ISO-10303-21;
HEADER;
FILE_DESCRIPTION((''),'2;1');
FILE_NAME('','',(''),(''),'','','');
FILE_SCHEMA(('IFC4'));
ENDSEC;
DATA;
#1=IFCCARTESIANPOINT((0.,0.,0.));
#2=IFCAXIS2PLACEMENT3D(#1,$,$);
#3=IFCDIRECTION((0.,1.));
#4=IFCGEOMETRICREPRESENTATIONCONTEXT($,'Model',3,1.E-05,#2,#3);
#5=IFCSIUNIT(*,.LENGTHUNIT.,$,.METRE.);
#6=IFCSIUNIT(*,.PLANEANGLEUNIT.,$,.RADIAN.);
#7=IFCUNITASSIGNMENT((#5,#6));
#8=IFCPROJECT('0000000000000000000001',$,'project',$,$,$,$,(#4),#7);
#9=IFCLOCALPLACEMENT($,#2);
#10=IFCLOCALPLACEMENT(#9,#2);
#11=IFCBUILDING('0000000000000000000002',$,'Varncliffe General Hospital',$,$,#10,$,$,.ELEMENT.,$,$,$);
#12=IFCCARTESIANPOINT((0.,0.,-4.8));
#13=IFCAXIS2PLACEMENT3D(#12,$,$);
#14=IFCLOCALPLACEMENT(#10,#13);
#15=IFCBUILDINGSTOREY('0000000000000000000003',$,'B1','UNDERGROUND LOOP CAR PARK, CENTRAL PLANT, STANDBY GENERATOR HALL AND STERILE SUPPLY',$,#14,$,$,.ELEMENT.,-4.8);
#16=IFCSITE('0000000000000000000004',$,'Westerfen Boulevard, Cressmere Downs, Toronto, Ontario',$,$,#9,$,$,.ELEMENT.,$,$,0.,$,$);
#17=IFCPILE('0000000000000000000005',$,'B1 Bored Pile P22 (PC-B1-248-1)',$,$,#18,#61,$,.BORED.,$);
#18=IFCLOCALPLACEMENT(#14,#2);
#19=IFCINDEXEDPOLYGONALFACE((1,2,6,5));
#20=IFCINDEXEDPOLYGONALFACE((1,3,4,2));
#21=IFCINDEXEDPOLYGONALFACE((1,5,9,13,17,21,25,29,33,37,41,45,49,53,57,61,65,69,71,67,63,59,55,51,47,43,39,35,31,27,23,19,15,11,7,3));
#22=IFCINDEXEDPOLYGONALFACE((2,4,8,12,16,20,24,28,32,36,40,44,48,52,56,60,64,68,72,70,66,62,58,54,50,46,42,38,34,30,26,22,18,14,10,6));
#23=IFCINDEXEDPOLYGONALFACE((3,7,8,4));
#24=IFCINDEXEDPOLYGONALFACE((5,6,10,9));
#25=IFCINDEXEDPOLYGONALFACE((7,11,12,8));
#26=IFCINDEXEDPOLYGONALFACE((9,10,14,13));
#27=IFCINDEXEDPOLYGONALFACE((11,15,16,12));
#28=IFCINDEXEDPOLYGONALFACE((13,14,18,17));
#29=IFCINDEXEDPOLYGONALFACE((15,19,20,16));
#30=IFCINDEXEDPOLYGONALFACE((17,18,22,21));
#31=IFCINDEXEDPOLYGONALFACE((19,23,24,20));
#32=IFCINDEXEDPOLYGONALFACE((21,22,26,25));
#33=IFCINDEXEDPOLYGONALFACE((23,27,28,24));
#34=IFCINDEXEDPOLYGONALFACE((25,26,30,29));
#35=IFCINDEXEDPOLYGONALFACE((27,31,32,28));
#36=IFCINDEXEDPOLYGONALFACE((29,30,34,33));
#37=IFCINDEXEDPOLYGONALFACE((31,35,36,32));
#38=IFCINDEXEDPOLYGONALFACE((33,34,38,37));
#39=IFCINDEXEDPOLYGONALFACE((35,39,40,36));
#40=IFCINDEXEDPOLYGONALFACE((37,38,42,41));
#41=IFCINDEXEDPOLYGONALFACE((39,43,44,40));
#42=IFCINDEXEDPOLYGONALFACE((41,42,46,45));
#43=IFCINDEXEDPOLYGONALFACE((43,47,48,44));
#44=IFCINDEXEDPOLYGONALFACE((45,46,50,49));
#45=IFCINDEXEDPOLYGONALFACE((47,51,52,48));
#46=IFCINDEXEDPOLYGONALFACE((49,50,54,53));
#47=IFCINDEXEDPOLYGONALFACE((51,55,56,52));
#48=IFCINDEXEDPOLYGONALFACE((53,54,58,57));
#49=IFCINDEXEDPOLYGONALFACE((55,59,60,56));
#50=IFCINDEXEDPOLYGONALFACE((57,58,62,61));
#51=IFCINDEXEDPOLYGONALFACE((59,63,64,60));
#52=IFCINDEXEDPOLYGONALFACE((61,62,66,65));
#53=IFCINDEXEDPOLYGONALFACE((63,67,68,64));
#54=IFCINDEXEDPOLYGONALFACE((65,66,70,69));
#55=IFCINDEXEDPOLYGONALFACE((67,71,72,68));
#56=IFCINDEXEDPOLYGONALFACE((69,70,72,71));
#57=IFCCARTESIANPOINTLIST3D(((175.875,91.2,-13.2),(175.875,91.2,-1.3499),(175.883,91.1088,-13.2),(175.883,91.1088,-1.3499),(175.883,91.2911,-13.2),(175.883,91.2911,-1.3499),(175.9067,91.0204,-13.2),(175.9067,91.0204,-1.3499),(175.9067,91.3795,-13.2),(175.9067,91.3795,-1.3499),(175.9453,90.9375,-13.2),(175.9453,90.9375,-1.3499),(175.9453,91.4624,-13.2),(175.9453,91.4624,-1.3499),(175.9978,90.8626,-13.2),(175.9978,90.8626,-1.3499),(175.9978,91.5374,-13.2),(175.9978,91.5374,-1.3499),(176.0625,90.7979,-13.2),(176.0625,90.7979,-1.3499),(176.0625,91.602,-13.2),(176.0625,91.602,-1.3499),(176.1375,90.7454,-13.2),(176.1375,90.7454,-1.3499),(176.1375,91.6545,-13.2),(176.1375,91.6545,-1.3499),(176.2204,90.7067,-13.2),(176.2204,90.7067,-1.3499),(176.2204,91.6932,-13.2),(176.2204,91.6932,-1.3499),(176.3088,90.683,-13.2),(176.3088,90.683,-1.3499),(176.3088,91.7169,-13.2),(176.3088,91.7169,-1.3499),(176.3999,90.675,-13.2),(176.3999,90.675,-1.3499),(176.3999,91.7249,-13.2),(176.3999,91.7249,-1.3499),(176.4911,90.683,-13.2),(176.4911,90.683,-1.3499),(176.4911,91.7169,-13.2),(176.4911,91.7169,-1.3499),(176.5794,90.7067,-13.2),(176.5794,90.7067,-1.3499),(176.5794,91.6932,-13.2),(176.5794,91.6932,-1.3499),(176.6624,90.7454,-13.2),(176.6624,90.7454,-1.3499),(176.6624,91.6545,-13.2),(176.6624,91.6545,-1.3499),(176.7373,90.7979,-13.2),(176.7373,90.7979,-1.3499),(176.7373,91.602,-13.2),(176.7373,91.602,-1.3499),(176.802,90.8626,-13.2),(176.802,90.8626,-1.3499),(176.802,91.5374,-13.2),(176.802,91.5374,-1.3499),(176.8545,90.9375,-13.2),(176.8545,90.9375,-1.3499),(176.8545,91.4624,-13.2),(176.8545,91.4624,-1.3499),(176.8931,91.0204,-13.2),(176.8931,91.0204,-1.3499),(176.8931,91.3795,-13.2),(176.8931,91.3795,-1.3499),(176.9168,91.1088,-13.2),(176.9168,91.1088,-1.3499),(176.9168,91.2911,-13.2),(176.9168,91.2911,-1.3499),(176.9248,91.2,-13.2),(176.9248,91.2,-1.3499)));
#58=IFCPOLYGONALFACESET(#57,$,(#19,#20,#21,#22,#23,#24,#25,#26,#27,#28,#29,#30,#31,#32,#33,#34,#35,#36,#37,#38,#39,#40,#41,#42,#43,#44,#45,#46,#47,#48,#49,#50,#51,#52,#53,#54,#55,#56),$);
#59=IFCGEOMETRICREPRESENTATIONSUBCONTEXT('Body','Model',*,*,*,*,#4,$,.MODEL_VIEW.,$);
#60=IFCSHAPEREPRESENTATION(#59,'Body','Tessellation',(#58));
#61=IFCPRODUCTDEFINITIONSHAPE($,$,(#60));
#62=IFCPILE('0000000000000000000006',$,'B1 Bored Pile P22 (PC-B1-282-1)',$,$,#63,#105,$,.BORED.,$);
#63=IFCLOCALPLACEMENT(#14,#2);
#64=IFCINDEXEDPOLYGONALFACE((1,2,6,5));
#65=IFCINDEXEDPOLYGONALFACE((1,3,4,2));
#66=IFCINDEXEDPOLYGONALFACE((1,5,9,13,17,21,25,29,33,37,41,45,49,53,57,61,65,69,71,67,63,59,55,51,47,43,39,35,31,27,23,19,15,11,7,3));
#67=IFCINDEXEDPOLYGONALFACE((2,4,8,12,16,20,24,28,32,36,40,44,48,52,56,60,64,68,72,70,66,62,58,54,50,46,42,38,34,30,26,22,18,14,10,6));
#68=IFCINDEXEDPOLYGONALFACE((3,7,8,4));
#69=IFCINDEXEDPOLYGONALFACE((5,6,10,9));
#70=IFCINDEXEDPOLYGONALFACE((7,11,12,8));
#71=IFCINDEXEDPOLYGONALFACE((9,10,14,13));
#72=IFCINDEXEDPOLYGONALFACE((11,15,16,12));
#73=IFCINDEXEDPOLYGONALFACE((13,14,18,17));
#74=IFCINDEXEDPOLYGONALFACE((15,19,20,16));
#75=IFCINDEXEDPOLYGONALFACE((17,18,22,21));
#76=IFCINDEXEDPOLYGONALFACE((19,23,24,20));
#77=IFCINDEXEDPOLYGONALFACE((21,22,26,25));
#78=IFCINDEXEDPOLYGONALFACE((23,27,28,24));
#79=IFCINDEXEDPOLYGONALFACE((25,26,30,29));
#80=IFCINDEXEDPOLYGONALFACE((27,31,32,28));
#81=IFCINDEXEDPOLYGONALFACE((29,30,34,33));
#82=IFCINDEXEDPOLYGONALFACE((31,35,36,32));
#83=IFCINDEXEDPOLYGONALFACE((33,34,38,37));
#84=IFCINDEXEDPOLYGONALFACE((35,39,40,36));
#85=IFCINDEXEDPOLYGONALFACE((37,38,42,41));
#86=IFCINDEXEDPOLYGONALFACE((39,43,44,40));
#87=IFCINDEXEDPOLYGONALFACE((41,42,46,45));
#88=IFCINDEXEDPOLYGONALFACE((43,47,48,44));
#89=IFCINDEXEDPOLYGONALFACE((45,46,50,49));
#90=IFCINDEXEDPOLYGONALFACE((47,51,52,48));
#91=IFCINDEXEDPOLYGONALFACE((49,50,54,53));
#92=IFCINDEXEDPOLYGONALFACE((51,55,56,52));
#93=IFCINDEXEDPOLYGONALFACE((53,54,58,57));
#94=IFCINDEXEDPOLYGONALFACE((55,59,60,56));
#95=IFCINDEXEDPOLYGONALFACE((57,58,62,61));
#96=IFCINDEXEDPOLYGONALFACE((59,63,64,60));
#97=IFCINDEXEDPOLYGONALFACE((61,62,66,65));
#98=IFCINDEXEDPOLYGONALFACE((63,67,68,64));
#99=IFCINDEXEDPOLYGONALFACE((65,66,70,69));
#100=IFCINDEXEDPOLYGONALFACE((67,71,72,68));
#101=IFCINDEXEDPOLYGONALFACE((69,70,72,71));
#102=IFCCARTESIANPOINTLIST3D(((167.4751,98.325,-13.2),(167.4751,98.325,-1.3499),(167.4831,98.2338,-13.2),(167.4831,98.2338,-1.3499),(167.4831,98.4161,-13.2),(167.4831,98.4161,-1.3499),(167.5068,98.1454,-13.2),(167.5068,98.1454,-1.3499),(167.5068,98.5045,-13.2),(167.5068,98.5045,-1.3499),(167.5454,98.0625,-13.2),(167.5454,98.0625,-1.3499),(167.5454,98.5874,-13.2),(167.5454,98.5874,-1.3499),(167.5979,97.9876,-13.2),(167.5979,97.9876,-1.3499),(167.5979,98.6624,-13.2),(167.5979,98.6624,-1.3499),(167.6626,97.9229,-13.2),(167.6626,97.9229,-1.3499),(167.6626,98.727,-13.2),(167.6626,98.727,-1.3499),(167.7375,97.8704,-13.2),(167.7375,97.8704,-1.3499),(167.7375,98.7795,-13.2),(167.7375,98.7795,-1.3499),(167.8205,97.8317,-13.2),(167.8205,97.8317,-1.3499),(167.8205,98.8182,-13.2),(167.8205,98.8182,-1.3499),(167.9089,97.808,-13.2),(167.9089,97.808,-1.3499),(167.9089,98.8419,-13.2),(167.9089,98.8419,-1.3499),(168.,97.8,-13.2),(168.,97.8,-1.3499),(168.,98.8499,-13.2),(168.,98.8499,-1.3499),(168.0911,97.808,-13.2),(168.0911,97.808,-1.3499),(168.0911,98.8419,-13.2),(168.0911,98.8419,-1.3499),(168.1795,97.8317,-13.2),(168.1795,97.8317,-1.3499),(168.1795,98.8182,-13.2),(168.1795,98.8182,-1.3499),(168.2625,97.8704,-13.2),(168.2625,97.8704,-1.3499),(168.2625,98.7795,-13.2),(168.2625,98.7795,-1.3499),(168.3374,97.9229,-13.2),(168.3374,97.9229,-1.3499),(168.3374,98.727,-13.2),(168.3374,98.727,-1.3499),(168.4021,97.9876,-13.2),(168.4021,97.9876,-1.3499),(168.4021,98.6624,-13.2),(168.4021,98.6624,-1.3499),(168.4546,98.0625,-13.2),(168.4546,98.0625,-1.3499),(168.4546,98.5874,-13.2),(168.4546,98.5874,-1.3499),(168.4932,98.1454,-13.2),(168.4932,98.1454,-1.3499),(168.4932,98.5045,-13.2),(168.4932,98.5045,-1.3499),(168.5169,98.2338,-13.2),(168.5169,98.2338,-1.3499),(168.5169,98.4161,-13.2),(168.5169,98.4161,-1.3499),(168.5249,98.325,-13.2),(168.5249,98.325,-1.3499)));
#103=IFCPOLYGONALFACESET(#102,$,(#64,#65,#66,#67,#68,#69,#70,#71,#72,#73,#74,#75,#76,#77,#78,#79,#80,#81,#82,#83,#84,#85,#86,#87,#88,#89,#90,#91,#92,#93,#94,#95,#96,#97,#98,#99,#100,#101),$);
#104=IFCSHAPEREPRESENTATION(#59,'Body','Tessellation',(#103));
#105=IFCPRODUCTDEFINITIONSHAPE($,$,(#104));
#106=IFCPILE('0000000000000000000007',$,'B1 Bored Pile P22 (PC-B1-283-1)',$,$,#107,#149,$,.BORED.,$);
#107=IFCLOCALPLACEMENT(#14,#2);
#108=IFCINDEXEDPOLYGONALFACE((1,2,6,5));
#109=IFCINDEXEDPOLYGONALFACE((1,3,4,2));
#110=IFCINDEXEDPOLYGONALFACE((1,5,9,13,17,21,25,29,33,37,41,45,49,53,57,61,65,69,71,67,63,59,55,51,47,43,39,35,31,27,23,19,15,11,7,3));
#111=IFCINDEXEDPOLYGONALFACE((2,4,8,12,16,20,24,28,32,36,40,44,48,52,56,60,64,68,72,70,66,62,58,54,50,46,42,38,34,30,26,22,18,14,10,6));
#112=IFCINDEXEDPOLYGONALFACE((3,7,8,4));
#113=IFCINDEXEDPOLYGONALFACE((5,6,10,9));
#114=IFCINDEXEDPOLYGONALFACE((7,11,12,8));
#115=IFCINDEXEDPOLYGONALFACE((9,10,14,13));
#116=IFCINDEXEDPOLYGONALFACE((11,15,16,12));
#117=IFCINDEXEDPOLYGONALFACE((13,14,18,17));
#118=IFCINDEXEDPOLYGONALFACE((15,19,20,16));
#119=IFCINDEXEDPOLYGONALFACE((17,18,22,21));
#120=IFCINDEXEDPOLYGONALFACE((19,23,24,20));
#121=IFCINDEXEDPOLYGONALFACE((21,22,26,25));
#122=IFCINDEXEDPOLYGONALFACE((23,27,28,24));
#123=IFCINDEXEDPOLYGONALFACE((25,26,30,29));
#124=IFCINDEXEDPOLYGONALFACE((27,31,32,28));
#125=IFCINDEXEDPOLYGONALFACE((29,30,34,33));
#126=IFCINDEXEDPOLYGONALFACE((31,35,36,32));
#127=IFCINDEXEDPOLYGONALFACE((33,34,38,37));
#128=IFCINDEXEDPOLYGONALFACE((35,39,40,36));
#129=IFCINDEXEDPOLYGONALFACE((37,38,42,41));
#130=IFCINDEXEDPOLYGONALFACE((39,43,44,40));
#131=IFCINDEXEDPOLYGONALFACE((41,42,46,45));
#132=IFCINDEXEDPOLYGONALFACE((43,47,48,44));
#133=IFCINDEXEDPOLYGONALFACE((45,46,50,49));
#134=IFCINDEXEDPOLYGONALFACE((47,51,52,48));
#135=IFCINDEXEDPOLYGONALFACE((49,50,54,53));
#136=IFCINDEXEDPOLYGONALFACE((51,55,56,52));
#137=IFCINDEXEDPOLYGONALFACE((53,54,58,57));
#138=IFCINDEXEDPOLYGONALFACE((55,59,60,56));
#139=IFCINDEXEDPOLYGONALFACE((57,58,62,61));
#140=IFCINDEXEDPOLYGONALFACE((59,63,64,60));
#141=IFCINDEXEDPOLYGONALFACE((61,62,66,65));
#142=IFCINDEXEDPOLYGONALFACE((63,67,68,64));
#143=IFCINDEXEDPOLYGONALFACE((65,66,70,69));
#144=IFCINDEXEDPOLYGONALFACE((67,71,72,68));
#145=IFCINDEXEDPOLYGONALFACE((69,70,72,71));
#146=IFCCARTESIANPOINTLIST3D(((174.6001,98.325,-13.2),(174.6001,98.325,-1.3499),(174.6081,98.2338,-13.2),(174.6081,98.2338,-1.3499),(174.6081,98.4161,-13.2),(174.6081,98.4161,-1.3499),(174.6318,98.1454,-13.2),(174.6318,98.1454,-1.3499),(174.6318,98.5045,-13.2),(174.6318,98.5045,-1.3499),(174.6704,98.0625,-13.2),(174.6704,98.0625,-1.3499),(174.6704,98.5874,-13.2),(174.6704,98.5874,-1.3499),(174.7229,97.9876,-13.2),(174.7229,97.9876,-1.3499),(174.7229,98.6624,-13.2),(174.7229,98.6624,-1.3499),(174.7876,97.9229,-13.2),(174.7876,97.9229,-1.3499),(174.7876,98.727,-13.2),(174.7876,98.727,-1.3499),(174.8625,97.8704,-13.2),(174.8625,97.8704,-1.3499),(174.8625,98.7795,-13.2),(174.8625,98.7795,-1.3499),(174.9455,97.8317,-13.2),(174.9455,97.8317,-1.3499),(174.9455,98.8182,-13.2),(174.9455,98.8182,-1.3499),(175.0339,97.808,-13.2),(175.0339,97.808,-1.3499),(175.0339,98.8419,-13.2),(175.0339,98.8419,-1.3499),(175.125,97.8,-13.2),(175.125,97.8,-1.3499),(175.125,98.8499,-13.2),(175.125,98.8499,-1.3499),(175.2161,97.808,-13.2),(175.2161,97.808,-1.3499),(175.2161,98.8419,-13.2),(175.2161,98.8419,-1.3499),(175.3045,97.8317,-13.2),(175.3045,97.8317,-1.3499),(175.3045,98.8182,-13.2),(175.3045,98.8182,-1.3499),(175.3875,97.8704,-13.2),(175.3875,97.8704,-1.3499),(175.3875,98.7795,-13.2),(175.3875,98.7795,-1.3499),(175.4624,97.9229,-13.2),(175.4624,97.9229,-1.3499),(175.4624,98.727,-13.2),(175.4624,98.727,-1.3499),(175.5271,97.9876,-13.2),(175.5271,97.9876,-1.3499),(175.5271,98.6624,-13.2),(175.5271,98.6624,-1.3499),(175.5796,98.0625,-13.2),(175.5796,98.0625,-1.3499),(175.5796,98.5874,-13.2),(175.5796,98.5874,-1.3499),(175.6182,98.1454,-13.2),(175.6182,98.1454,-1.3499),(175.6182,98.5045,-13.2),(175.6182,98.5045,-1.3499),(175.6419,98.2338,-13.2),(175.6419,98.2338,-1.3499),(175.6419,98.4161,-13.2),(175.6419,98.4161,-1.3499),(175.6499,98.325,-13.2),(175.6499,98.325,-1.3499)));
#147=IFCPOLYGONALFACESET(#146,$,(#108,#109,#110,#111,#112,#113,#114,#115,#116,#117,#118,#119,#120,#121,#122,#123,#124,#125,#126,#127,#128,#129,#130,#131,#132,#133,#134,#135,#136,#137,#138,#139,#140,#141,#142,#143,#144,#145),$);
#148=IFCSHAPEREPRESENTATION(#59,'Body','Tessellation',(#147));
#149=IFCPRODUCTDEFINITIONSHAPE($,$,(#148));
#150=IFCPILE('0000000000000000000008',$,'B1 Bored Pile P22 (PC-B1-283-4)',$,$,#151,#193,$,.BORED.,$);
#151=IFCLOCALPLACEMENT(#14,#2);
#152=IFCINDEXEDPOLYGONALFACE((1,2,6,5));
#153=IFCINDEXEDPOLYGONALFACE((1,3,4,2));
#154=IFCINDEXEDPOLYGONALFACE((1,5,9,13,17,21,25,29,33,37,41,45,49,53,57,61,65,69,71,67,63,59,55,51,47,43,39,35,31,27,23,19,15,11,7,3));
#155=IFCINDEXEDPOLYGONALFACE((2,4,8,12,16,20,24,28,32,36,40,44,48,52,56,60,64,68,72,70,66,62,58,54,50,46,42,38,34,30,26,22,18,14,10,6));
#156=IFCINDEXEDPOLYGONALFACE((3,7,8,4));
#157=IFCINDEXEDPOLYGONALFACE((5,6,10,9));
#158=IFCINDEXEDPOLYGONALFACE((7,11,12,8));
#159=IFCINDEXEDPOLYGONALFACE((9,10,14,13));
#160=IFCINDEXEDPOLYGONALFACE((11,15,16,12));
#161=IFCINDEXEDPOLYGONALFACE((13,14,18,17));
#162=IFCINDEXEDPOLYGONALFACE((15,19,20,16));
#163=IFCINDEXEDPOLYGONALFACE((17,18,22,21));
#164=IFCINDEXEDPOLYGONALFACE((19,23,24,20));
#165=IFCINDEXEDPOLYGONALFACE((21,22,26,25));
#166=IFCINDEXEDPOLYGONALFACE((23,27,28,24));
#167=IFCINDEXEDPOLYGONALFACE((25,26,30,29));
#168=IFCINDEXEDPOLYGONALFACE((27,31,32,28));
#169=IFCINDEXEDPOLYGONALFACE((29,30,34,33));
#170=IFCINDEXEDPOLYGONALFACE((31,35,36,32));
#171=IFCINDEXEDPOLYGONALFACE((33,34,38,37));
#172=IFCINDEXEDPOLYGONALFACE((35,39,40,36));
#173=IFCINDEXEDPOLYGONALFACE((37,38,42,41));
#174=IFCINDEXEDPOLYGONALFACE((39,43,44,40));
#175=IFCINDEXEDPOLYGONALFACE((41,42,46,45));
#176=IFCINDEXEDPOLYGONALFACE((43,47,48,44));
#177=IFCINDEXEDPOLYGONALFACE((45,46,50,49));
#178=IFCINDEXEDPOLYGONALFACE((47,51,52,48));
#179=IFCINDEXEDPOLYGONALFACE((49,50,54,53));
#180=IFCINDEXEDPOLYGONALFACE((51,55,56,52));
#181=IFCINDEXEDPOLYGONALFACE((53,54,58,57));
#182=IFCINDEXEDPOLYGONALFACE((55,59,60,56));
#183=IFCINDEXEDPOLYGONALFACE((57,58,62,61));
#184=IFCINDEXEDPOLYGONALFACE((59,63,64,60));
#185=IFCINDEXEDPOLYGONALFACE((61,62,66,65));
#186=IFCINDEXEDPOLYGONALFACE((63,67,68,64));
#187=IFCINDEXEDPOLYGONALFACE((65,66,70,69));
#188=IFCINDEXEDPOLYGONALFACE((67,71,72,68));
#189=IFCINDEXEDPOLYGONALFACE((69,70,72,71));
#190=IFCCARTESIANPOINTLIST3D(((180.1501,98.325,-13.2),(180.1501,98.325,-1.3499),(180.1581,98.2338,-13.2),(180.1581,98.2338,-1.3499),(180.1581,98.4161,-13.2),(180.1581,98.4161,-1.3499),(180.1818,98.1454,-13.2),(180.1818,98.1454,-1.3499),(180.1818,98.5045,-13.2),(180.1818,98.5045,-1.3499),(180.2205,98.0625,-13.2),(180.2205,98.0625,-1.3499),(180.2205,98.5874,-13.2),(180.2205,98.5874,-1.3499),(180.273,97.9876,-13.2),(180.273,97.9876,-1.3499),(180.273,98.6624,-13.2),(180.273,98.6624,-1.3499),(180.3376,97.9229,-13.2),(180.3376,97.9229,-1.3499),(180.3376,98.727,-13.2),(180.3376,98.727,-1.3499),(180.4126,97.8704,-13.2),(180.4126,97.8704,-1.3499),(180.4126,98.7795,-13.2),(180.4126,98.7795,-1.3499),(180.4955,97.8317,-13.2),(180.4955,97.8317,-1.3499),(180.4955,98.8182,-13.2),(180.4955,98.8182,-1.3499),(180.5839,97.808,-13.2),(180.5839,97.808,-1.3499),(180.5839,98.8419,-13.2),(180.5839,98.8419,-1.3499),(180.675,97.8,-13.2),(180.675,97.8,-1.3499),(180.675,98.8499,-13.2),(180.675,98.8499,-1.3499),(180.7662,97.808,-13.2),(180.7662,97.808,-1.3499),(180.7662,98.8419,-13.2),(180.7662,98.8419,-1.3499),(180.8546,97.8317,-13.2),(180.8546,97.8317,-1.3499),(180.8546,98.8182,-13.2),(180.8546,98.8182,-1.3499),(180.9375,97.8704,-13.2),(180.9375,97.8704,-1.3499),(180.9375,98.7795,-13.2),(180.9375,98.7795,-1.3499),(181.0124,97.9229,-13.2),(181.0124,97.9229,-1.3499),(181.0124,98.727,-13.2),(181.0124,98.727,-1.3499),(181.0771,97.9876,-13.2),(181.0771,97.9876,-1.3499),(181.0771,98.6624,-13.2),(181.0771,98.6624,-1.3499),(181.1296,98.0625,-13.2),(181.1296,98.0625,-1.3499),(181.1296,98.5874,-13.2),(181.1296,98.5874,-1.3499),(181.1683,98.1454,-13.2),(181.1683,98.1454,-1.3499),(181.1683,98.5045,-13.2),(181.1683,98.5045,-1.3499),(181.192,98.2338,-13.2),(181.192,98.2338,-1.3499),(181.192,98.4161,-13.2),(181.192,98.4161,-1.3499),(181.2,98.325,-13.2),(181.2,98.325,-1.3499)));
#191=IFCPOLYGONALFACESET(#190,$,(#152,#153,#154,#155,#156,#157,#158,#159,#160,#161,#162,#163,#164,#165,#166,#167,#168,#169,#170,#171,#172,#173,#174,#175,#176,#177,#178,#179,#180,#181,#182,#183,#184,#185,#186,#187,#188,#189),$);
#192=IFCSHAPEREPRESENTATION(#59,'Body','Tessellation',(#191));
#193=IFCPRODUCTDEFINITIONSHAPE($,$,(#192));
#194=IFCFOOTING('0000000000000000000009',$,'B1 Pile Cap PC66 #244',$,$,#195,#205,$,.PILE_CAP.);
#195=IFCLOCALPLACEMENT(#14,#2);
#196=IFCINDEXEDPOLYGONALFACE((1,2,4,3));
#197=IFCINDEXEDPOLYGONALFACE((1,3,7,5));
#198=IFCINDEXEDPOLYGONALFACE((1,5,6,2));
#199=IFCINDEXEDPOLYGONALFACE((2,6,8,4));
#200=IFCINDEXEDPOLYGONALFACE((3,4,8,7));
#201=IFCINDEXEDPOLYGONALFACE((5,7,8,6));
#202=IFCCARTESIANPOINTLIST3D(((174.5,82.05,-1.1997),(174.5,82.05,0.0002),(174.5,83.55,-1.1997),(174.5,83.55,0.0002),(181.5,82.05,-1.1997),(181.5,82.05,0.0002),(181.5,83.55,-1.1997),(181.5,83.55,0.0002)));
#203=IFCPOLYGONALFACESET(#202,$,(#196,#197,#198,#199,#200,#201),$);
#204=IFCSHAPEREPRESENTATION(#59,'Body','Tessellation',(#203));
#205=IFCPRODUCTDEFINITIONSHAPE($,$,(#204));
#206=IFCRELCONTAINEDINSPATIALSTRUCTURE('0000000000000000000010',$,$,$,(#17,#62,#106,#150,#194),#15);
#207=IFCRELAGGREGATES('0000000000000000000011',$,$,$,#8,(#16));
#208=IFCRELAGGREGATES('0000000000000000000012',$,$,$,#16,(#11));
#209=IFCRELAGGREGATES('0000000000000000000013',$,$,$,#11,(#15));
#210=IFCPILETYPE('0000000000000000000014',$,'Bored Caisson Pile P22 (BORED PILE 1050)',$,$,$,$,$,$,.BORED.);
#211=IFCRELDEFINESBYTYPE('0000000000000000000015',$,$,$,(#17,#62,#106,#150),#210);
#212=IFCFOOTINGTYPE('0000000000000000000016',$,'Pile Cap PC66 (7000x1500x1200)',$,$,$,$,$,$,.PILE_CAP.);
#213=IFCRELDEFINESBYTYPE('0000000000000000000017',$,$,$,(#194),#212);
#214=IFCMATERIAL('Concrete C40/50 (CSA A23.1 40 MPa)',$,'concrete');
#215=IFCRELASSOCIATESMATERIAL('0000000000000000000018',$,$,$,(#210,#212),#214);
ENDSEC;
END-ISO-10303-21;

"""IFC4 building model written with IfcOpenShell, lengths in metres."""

from ifc_helpers import new_model, si_unit, direction, frame, origin, origin_2d, place, context, subcontext, project, spatial, rectangle, circle, extrude, material, material_profile, profile_set, type_object, element, save


model = new_model("IFC4")

# Units and contexts
model_context = context("Model", 3, precision=1e-05, world=origin(), true_north=direction((0.0, 1.0)))
body_context = subcontext(model_context, "Body", "Model", "MODEL_VIEW")
ifc_project = project(units=[si_unit("LENGTHUNIT", "METRE"), si_unit("PLANEANGLEUNIT", "RADIAN")], contexts=[model_context])

# Site, building, storey
site_placement = place(None, origin())
site = spatial("IfcSite", under=ifc_project, at=site_placement, Name="Westerfen Boulevard, Cressmere Downs, Toronto, Ontario", CompositionType="ELEMENT", RefElevation=0.0)
building_placement = place(site_placement, origin())
building = spatial("IfcBuilding", under=site, at=building_placement, Name="Varncliffe General Hospital", CompositionType="ELEMENT")
storey_placement = place(building_placement, frame((0.0, 0.0, -4.8)))
storey = spatial("IfcBuildingStorey", under=building, at=storey_placement, Name="B1", Description="UNDERGROUND LOOP CAR PARK, CENTRAL PLANT, STANDBY GENERATOR HALL AND STERILE SUPPLY", CompositionType="ELEMENT", Elevation=-4.8)

# Piles
ifc_material_1 = material(Name="Concrete C40/50 (CSA A23.1 40 MPa)", Category="concrete")
ifc_material_profile_1 = material_profile(ifc_material_1, circle(Radius=0.5249, at=origin_2d()), Name="BORED PILE 1050")
ifc_profile_set_1 = profile_set([ifc_material_profile_1], Name="Concrete C40/50 (CSA A23.1 40 MPa)")
pile_type_1 = type_object("IfcPileType", Name="Bored Caisson Pile P22 (BORED PILE 1050)", PredefinedType="BORED", material=ifc_profile_set_1)
for number, where, z_axis, x_axis, name in (
    (1, (176.3999, 91.2, -1.3499), (0.0, 0.0, -1.0), (1.0, 0.0, 0.0), "B1 Bored Pile P22 (PC-B1-248-1)"),
    (2, (168.0, 98.325, -1.3499), (0.0, 0.0, -1.0), (1.0, 0.0, 0.0), "B1 Bored Pile P22 (PC-B1-282-1)"),
    (3, (175.125, 98.325, -1.3499), (0.0, 0.0, -1.0), (1.0, 0.0, 0.0), "B1 Bored Pile P22 (PC-B1-283-1)"),
    (4, (180.675, 98.325, -1.3499), (0.0, 0.0, -1.0), (1.0, 0.0, 0.0), "B1 Bored Pile P22 (PC-B1-283-4)"),
):
    element("IfcPile", number, at=place(storey_placement, frame(where, z_axis=z_axis, x_axis=x_axis)), inside=storey, type_object=pile_type_1, Name=name, PredefinedType="BORED", context=body_context, shape_type="SweptSolid", body=[
        extrude(circle(Radius=0.5249, at=origin_2d()), origin(), (0.0, 0.0, 1.0), 11.8501),
    ])

# Footing
footing_type_1 = type_object("IfcFootingType", Name="Pile Cap PC66 (7000x1500x1200)", PredefinedType="PILE_CAP", material=ifc_material_1)
footing_1_placement = place(storey_placement, frame((178.0, 82.8, -1.1997), z_axis=(0.0, 0.0, 1.0), x_axis=(1.0, 0.0, 0.0)))
element("IfcFooting", 5, at=footing_1_placement, inside=storey, type_object=footing_type_1, Name="B1 Pile Cap PC66 #244", PredefinedType="PILE_CAP", context=body_context, shape_type="SweptSolid", body=[
    extrude(rectangle(XDim=7.0, YDim=1.5, at=origin_2d()), origin(), (0.0, 0.0, 1.0), 1.2),
])

save(model, "model.ifc")
